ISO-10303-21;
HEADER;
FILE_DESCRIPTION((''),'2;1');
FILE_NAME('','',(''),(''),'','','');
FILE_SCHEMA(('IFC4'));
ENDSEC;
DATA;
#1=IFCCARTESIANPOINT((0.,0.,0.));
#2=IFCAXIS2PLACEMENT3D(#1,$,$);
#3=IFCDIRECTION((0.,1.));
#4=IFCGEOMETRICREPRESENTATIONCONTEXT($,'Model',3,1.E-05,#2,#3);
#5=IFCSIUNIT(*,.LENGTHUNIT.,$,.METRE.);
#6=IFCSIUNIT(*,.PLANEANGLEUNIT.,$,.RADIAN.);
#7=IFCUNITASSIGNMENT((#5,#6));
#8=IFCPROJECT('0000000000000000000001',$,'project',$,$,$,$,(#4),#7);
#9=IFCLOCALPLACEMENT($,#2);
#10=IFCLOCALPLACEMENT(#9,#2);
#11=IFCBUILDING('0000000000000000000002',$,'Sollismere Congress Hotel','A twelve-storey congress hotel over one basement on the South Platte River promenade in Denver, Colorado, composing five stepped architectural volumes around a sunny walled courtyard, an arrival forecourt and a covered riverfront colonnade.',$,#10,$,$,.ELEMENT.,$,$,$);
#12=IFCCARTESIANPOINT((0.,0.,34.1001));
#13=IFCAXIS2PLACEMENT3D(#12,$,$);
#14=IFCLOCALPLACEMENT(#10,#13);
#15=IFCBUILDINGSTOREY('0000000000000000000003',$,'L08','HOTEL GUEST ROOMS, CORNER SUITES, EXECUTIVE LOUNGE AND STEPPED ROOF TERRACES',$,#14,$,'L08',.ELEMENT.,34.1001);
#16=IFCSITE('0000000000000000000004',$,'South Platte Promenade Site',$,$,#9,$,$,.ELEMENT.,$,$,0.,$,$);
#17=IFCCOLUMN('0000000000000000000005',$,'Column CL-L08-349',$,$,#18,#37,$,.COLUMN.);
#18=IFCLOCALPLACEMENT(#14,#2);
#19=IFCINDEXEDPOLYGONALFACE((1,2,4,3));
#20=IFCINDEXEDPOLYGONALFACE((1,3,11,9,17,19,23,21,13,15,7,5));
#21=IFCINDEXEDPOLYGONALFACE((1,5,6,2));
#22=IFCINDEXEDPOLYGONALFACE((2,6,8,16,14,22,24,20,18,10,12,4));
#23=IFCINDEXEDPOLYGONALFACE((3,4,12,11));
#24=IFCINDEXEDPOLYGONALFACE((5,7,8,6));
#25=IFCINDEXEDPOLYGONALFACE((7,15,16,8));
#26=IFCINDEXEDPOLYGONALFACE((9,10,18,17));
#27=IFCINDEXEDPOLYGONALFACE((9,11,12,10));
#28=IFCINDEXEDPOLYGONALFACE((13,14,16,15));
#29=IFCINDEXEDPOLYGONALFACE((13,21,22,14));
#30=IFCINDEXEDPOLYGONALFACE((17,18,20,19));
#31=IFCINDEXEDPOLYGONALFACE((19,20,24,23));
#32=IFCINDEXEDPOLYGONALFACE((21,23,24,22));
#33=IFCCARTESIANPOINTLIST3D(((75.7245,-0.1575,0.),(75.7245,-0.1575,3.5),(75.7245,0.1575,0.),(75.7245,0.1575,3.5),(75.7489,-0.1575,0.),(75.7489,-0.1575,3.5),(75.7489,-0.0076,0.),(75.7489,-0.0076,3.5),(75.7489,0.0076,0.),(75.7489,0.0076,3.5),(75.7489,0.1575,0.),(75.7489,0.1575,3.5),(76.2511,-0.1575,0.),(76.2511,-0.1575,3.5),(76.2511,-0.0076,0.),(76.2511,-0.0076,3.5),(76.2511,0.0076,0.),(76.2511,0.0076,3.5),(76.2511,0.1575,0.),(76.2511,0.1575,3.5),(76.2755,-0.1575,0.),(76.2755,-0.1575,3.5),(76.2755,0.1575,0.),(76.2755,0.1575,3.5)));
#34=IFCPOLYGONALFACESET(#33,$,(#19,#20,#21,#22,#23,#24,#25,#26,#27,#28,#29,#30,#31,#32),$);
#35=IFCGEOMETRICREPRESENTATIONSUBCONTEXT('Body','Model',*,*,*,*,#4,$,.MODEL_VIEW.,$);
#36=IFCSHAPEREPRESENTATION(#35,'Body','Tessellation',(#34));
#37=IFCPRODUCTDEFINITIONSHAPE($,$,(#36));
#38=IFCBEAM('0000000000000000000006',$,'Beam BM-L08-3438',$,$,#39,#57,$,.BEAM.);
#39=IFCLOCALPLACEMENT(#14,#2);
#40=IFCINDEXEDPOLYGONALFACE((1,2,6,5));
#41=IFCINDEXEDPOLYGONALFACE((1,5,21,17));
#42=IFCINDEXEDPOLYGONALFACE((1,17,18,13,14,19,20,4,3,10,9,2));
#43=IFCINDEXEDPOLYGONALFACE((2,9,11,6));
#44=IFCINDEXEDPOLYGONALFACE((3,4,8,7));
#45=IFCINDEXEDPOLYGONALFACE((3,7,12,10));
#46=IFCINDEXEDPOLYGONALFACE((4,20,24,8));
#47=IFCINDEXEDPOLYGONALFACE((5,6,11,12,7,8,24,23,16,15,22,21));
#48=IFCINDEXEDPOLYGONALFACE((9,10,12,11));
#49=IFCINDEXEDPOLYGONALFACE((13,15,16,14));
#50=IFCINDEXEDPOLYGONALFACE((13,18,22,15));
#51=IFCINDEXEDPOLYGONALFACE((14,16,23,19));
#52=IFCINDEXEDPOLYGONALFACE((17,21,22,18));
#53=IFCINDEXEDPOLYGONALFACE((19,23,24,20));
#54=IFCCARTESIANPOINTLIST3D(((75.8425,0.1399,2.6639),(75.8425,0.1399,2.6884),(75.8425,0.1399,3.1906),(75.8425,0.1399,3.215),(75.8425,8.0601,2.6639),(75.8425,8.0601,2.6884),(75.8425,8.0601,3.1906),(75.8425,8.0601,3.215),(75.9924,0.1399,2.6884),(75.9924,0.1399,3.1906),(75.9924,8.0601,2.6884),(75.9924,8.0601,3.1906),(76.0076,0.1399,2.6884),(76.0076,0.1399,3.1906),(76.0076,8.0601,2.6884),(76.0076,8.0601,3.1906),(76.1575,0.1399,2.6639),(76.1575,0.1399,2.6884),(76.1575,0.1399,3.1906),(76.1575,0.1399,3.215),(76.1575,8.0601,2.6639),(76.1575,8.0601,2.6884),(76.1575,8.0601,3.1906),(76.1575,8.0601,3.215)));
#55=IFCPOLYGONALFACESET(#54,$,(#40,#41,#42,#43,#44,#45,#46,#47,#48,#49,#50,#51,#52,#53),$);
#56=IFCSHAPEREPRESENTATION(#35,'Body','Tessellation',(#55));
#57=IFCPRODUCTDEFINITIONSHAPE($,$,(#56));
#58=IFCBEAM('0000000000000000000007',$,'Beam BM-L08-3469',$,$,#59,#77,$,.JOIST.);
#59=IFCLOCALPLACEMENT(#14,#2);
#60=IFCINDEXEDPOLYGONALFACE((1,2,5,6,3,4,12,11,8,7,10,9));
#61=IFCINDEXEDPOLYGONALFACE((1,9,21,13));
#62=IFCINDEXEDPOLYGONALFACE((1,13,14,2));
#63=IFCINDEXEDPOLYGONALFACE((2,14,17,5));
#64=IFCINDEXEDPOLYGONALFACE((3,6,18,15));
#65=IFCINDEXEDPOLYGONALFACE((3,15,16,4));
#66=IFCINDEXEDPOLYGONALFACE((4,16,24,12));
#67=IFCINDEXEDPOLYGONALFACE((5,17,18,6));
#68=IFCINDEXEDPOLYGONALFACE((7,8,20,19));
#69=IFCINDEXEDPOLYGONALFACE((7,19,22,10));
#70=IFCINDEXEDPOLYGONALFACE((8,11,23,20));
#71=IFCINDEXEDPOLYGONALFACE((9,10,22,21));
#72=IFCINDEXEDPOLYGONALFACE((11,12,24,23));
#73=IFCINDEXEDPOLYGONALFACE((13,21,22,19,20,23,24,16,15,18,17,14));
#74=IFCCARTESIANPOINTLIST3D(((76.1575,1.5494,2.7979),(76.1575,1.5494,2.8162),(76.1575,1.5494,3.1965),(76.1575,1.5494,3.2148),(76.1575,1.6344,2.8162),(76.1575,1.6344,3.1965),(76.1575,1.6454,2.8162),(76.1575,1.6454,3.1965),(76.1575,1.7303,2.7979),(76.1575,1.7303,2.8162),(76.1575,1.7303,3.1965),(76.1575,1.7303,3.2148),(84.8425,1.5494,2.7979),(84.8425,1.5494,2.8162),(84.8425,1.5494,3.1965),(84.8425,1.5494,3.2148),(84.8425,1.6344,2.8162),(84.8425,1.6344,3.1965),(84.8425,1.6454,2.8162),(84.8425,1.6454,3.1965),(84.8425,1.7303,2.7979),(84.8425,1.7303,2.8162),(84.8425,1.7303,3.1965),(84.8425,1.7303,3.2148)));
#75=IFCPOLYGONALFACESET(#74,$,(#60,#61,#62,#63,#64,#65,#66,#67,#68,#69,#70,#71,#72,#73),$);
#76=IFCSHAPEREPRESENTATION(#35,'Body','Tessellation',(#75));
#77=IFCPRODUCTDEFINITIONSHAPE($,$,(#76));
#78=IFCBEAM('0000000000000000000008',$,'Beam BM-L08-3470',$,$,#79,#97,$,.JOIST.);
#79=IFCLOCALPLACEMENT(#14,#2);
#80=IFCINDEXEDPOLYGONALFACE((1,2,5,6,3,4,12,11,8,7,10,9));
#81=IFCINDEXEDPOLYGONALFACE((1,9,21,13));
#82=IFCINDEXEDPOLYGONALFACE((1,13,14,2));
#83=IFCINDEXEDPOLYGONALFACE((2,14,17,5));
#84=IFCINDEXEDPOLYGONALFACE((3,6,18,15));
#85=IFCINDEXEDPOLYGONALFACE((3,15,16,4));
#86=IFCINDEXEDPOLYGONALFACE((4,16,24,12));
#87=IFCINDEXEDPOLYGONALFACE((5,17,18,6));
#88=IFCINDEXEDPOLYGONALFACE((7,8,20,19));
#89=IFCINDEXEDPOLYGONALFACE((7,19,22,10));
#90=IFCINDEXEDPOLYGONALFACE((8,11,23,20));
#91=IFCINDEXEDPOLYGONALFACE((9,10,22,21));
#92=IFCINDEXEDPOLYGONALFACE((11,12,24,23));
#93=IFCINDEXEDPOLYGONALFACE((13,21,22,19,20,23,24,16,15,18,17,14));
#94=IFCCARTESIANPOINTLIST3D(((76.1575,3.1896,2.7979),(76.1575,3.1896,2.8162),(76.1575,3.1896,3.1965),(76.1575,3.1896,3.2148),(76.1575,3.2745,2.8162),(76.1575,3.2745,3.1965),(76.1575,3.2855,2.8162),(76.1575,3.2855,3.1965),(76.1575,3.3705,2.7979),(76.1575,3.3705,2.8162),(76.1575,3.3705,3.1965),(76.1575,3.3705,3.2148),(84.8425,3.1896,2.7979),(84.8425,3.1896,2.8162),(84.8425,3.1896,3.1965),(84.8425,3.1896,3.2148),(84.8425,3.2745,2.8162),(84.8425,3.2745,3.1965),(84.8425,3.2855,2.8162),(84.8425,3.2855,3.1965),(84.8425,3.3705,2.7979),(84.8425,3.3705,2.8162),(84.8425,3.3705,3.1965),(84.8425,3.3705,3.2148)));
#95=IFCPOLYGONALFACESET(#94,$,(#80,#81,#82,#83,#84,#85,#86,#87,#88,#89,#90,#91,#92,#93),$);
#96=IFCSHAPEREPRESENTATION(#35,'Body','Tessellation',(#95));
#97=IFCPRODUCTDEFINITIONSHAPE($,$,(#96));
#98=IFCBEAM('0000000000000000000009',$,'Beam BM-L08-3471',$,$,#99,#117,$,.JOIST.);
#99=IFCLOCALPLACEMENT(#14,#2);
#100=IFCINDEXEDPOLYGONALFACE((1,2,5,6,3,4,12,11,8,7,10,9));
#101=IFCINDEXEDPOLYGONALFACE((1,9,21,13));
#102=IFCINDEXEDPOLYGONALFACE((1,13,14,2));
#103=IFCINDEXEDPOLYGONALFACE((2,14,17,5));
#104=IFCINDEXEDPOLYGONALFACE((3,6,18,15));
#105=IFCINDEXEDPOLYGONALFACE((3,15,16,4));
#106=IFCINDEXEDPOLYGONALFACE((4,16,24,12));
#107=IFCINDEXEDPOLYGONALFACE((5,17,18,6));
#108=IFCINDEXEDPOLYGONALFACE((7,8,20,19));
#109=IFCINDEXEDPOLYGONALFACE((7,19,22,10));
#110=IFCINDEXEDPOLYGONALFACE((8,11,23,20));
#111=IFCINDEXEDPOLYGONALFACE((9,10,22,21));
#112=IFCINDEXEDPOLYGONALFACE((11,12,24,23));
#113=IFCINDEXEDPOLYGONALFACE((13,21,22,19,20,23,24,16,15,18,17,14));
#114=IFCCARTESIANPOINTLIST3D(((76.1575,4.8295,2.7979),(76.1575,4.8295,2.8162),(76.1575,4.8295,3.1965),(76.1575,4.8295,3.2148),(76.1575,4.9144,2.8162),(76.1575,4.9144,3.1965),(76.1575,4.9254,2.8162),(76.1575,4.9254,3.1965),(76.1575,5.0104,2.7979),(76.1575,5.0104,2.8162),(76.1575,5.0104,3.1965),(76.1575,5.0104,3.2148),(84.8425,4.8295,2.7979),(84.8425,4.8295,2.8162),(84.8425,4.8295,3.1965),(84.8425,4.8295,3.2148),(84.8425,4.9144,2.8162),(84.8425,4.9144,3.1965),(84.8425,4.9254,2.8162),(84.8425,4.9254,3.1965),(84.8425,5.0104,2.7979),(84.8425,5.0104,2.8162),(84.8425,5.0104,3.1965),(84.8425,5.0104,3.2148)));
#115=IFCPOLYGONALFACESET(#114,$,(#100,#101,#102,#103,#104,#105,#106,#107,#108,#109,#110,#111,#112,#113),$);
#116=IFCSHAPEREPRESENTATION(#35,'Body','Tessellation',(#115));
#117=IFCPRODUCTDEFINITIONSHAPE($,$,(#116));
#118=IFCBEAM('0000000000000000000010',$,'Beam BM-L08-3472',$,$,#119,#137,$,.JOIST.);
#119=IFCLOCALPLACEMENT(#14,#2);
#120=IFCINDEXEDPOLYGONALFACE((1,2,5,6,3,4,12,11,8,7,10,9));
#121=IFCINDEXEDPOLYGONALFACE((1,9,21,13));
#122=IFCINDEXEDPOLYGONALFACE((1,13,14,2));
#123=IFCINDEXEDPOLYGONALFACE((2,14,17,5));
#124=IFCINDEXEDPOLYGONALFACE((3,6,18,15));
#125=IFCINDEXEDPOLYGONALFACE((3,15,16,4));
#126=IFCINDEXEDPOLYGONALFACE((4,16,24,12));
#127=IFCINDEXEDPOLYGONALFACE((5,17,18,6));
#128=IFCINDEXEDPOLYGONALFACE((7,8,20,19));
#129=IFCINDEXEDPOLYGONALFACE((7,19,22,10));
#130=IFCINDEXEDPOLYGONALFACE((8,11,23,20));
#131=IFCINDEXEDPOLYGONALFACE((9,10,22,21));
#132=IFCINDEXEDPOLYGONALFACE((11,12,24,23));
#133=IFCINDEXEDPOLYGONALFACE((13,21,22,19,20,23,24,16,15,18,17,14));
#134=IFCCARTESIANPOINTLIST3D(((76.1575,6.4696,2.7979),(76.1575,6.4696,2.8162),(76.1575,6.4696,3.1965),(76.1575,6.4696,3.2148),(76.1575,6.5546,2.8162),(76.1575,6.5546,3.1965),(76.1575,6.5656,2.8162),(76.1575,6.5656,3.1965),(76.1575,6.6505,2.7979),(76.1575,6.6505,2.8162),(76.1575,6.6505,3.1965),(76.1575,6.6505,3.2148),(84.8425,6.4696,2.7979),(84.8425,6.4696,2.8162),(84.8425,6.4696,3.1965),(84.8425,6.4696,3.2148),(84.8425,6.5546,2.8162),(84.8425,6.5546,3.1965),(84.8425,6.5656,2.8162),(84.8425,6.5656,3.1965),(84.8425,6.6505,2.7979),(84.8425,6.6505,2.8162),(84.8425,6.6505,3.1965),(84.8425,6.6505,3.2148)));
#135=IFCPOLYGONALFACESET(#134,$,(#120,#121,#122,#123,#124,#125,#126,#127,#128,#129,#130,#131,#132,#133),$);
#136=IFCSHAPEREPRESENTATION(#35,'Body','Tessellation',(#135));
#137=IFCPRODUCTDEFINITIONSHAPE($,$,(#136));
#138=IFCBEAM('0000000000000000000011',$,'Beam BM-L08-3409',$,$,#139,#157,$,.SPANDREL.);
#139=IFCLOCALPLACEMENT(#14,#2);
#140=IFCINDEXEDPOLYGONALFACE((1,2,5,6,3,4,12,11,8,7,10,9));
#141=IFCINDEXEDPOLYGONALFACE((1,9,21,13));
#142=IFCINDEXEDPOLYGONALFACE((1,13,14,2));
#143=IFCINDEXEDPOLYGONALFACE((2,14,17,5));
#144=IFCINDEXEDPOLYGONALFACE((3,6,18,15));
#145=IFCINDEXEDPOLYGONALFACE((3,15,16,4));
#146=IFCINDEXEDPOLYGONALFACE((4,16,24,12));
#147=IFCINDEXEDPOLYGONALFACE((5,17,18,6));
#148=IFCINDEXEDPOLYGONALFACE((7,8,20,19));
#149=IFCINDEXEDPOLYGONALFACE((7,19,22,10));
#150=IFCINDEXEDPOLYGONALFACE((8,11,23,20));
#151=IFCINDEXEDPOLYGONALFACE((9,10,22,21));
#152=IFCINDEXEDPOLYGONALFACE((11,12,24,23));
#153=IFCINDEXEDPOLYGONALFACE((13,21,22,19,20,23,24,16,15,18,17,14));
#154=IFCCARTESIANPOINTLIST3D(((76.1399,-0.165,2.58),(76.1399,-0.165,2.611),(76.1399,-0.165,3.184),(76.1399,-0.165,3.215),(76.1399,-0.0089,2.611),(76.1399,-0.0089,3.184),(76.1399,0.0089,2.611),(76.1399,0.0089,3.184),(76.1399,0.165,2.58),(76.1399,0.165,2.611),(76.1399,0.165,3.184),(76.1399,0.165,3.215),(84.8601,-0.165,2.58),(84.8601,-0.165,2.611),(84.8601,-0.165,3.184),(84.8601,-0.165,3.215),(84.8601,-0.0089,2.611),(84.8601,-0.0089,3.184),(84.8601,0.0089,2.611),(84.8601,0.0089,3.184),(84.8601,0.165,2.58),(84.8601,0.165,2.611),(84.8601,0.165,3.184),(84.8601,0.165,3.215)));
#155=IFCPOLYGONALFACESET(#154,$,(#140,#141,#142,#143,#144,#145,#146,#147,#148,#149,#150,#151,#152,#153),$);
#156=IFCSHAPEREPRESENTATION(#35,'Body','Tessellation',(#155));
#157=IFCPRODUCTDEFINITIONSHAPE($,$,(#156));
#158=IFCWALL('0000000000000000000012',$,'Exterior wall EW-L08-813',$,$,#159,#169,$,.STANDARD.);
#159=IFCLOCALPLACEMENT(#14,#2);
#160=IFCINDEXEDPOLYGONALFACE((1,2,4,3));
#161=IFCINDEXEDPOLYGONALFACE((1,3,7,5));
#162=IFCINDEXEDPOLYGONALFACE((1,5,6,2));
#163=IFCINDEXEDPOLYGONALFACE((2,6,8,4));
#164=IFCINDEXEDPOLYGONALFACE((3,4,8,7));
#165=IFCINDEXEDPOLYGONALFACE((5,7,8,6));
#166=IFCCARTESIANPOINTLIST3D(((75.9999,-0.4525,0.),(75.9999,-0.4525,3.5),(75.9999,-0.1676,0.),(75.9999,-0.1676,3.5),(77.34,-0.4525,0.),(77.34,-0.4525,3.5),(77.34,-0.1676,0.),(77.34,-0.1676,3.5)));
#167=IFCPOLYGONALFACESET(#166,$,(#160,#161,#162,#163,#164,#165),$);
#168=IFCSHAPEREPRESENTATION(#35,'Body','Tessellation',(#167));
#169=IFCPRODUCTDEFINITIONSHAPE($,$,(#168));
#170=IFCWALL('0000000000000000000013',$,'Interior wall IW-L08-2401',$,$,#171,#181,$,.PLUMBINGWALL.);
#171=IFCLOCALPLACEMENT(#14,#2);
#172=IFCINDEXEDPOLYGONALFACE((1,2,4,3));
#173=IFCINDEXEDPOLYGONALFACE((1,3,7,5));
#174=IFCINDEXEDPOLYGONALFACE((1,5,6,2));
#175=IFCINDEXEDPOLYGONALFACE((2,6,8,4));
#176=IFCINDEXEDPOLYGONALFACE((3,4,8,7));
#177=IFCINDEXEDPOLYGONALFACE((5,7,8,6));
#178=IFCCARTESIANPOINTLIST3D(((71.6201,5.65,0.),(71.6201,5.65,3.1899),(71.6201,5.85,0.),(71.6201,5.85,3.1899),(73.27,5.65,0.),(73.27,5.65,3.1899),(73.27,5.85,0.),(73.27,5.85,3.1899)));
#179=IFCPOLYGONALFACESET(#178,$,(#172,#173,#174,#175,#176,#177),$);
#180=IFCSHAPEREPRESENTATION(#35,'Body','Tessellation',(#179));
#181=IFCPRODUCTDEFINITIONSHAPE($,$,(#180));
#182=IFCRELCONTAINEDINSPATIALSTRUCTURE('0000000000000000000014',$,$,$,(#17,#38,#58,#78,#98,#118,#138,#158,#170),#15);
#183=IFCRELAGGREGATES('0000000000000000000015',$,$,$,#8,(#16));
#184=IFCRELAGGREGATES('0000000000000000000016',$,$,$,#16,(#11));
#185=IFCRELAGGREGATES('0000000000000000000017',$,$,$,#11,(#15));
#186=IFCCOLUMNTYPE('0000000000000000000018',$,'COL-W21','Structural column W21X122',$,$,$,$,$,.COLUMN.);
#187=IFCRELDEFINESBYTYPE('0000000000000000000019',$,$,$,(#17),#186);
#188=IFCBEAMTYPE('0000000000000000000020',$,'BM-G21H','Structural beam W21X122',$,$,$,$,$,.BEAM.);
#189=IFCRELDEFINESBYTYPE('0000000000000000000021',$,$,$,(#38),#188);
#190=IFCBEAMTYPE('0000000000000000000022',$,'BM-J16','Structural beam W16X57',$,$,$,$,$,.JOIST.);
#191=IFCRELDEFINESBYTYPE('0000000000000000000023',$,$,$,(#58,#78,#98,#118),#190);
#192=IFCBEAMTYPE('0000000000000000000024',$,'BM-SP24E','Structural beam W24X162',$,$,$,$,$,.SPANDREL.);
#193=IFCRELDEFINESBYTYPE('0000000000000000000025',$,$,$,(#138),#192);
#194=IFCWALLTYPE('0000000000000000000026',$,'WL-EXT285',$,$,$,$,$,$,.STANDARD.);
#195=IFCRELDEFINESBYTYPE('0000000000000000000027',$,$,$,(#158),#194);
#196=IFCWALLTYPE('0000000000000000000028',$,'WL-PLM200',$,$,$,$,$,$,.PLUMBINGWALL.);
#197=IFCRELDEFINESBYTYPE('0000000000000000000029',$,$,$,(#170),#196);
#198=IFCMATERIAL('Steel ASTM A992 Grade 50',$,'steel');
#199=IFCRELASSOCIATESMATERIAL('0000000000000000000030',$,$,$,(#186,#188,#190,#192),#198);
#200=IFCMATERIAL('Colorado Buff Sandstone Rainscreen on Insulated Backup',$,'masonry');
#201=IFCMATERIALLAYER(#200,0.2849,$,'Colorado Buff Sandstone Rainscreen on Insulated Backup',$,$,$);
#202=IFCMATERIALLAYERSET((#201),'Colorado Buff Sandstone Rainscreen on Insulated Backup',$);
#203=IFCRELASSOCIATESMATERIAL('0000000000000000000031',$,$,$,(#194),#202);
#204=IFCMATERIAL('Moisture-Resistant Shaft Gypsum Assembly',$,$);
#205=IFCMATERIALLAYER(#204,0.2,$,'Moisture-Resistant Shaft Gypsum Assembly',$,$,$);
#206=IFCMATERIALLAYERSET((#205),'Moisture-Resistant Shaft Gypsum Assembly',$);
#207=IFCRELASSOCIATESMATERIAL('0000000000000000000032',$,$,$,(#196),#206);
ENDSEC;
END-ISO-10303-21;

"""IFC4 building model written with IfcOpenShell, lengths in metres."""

from ifc_helpers import new_model, si_unit, direction, frame, frame_2d, origin, origin_2d, place, context, subcontext, project, spatial, rectangle, i_section, extrude, material, layer, layer_set, material_profile, profile_set, type_object, element, save


model = new_model("IFC4")

# Units and contexts
model_context = context("Model", 3, precision=1e-05, world=origin(), true_north=direction((0.0, 1.0)))
body_context = subcontext(model_context, "Body", "Model", "MODEL_VIEW")
ifc_project = project(units=[si_unit("LENGTHUNIT", "METRE"), si_unit("PLANEANGLEUNIT", "RADIAN")], contexts=[model_context])

# Site, building, storey
site_placement = place(None, origin())
site = spatial("IfcSite", under=ifc_project, at=site_placement, Name="South Platte Promenade Site", CompositionType="ELEMENT", RefElevation=0.0)
building_placement = place(site_placement, origin())
building = spatial("IfcBuilding", under=site, at=building_placement, Name="Sollismere Congress Hotel", Description="A twelve-storey congress hotel over one basement on the South Platte River promenade in Denver, Colorado, composing five stepped architectural volumes around a sunny walled courtyard, an arrival forecourt and a covered riverfront colonnade.", CompositionType="ELEMENT")
storey_placement = place(building_placement, frame((0.0, 0.0, 34.1001)))
storey = spatial("IfcBuildingStorey", under=building, at=storey_placement, Name="L08", Description="HOTEL GUEST ROOMS, CORNER SUITES, EXECUTIVE LOUNGE AND STEPPED ROOF TERRACES", LongName="L08", CompositionType="ELEMENT", Elevation=34.1001)

# Column
ifc_material_1 = material(Name="Steel ASTM A992 Grade 50", Category="steel")
ifc_material_profile_1 = material_profile(ifc_material_1, i_section(OverallWidth=0.3149, OverallDepth=0.551, WebThickness=0.0151, FlangeThickness=0.0244, at=origin_2d()), Name="W21X122")
ifc_profile_set_1 = profile_set([ifc_material_profile_1], Name="Steel ASTM A992 Grade 50")
column_type = type_object("IfcColumnType", Name="COL-W21", Description="Structural column W21X122", PredefinedType="COLUMN", material=ifc_profile_set_1)
column_placement = place(storey_placement, frame((76.0, 0.0, 0.0), z_axis=(0.0, 0.0, 1.0), x_axis=(0.0, 1.0, 0.0)))
element("IfcColumn", 1, at=column_placement, inside=storey, type_object=column_type, Name="Column CL-L08-349", PredefinedType="COLUMN", context=body_context, shape_type="SweptSolid", body=[
    extrude(i_section(OverallWidth=0.3149, OverallDepth=0.551, WebThickness=0.0151, FlangeThickness=0.0244, at=origin_2d()), origin(), (0.0, 0.0, 1.0), 3.5),
])

# Beams
ifc_material_profile_2 = material_profile(ifc_material_1, i_section(OverallWidth=0.3149, OverallDepth=0.551, WebThickness=0.0151, FlangeThickness=0.0244, at=origin_2d()), Name="W21X122")
ifc_profile_set_2 = profile_set([ifc_material_profile_2], Name="Steel ASTM A992 Grade 50")
beam_type_1 = type_object("IfcBeamType", Name="BM-G21H", Description="Structural beam W21X122", PredefinedType="BEAM", material=ifc_profile_set_2)
beam_1_placement = place(storey_placement, frame((76.0, 0.1399, 2.9395), z_axis=(0.0, 1.0, 0.0), x_axis=(-1.0, 0.0, 0.0)))
element("IfcBeam", 2, at=beam_1_placement, inside=storey, type_object=beam_type_1, Name="Beam BM-L08-3438", PredefinedType="BEAM", context=body_context, shape_type="SweptSolid", body=[
    extrude(i_section(OverallWidth=0.3149, OverallDepth=0.551, WebThickness=0.0151, FlangeThickness=0.0244, at=origin_2d()), origin(), (0.0, 0.0, 1.0), 7.9202),
])
ifc_material_profile_3 = material_profile(ifc_material_1, i_section(OverallWidth=0.1809, OverallDepth=0.417, WebThickness=0.011, FlangeThickness=0.0183, at=origin_2d()), Name="W16X57")
ifc_profile_set_3 = profile_set([ifc_material_profile_3], Name="Steel ASTM A992 Grade 50")
beam_type_2 = type_object("IfcBeamType", Name="BM-J16", Description="Structural beam W16X57", PredefinedType="JOIST", material=ifc_profile_set_3)
for number, where, z_axis, x_axis, name in (
    (3, (76.1575, 1.6399, 3.0063), (1.0, 0.0, 0.0), (0.0, 1.0, 0.0), "Beam BM-L08-3469"),
    (4, (76.1575, 3.28, 3.0063), (1.0, 0.0, 0.0), (0.0, 1.0, 0.0), "Beam BM-L08-3470"),
    (5, (76.1575, 4.9199, 3.0063), (1.0, 0.0, 0.0), (0.0, 1.0, 0.0), "Beam BM-L08-3471"),
    (6, (76.1575, 6.5601, 3.0063), (1.0, 0.0, 0.0), (0.0, 1.0, 0.0), "Beam BM-L08-3472"),
):
    element("IfcBeam", number, at=place(storey_placement, frame(where, z_axis=z_axis, x_axis=x_axis)), inside=storey, type_object=beam_type_2, Name=name, PredefinedType="JOIST", context=body_context, shape_type="SweptSolid", body=[
        extrude(i_section(OverallWidth=0.1809, OverallDepth=0.417, WebThickness=0.011, FlangeThickness=0.0183, at=origin_2d()), origin(), (0.0, 0.0, 1.0), 8.6851),
    ])
ifc_material_profile_4 = material_profile(ifc_material_1, i_section(OverallWidth=0.3301, OverallDepth=0.635, WebThickness=0.0178, FlangeThickness=0.031, at=origin_2d()), Name="W24X162")
ifc_profile_set_4 = profile_set([ifc_material_profile_4], Name="Steel ASTM A992 Grade 50")
beam_type_3 = type_object("IfcBeamType", Name="BM-SP24E", Description="Structural beam W24X162", PredefinedType="SPANDREL", material=ifc_profile_set_4)
beam_2_placement = place(storey_placement, frame((76.1399, 0.0, 2.8975), z_axis=(1.0, 0.0, 0.0), x_axis=(0.0, 1.0, 0.0)))
element("IfcBeam", 7, at=beam_2_placement, inside=storey, type_object=beam_type_3, Name="Beam BM-L08-3409", PredefinedType="SPANDREL", context=body_context, shape_type="SweptSolid", body=[
    extrude(i_section(OverallWidth=0.3301, OverallDepth=0.635, WebThickness=0.0178, FlangeThickness=0.031, at=origin_2d()), origin(), (0.0, 0.0, 1.0), 8.7202),
])

# Walls
ifc_material_2 = material(Name="Colorado Buff Sandstone Rainscreen on Insulated Backup", Category="masonry")
ifc_layer_1 = layer(ifc_material_2, 0.2849, Name="Colorado Buff Sandstone Rainscreen on Insulated Backup")
ifc_layer_set_1 = layer_set([ifc_layer_1], Name="Colorado Buff Sandstone Rainscreen on Insulated Backup")
wall_type_1 = type_object("IfcWallType", Name="WL-EXT285", PredefinedType="STANDARD", material=ifc_layer_set_1)
wall_1_placement = place(storey_placement, frame((76.0, -0.3101, 0.0), z_axis=(0.0, 0.0, 1.0), x_axis=(1.0, 0.0, 0.0)))
element("IfcWall", 8, at=wall_1_placement, inside=storey, type_object=wall_type_1, Name="Exterior wall EW-L08-813", PredefinedType="STANDARD", context=body_context, shape_type="SweptSolid", body=[
    extrude(rectangle(XDim=1.3401, YDim=0.2849, at=frame_2d((0.6699, 0.0))), origin(), (0.0, 0.0, 1.0), 3.5),
])
ifc_material_3 = material(Name="Moisture-Resistant Shaft Gypsum Assembly")
ifc_layer_2 = layer(ifc_material_3, 0.2, Name="Moisture-Resistant Shaft Gypsum Assembly")
ifc_layer_set_2 = layer_set([ifc_layer_2], Name="Moisture-Resistant Shaft Gypsum Assembly")
wall_type_2 = type_object("IfcWallType", Name="WL-PLM200", PredefinedType="PLUMBINGWALL", material=ifc_layer_set_2)
wall_2_placement = place(storey_placement, frame((71.6201, 5.75, 0.0), z_axis=(0.0, 0.0, 1.0), x_axis=(1.0, 0.0, 0.0)))
element("IfcWall", 9, at=wall_2_placement, inside=storey, type_object=wall_type_2, Name="Interior wall IW-L08-2401", PredefinedType="PLUMBINGWALL", context=body_context, shape_type="SweptSolid", body=[
    extrude(rectangle(XDim=1.6499, YDim=0.2, at=frame_2d((0.825, 0.0))), origin(), (0.0, 0.0, 1.0), 3.1899),
])

save(model, "model.ifc")
